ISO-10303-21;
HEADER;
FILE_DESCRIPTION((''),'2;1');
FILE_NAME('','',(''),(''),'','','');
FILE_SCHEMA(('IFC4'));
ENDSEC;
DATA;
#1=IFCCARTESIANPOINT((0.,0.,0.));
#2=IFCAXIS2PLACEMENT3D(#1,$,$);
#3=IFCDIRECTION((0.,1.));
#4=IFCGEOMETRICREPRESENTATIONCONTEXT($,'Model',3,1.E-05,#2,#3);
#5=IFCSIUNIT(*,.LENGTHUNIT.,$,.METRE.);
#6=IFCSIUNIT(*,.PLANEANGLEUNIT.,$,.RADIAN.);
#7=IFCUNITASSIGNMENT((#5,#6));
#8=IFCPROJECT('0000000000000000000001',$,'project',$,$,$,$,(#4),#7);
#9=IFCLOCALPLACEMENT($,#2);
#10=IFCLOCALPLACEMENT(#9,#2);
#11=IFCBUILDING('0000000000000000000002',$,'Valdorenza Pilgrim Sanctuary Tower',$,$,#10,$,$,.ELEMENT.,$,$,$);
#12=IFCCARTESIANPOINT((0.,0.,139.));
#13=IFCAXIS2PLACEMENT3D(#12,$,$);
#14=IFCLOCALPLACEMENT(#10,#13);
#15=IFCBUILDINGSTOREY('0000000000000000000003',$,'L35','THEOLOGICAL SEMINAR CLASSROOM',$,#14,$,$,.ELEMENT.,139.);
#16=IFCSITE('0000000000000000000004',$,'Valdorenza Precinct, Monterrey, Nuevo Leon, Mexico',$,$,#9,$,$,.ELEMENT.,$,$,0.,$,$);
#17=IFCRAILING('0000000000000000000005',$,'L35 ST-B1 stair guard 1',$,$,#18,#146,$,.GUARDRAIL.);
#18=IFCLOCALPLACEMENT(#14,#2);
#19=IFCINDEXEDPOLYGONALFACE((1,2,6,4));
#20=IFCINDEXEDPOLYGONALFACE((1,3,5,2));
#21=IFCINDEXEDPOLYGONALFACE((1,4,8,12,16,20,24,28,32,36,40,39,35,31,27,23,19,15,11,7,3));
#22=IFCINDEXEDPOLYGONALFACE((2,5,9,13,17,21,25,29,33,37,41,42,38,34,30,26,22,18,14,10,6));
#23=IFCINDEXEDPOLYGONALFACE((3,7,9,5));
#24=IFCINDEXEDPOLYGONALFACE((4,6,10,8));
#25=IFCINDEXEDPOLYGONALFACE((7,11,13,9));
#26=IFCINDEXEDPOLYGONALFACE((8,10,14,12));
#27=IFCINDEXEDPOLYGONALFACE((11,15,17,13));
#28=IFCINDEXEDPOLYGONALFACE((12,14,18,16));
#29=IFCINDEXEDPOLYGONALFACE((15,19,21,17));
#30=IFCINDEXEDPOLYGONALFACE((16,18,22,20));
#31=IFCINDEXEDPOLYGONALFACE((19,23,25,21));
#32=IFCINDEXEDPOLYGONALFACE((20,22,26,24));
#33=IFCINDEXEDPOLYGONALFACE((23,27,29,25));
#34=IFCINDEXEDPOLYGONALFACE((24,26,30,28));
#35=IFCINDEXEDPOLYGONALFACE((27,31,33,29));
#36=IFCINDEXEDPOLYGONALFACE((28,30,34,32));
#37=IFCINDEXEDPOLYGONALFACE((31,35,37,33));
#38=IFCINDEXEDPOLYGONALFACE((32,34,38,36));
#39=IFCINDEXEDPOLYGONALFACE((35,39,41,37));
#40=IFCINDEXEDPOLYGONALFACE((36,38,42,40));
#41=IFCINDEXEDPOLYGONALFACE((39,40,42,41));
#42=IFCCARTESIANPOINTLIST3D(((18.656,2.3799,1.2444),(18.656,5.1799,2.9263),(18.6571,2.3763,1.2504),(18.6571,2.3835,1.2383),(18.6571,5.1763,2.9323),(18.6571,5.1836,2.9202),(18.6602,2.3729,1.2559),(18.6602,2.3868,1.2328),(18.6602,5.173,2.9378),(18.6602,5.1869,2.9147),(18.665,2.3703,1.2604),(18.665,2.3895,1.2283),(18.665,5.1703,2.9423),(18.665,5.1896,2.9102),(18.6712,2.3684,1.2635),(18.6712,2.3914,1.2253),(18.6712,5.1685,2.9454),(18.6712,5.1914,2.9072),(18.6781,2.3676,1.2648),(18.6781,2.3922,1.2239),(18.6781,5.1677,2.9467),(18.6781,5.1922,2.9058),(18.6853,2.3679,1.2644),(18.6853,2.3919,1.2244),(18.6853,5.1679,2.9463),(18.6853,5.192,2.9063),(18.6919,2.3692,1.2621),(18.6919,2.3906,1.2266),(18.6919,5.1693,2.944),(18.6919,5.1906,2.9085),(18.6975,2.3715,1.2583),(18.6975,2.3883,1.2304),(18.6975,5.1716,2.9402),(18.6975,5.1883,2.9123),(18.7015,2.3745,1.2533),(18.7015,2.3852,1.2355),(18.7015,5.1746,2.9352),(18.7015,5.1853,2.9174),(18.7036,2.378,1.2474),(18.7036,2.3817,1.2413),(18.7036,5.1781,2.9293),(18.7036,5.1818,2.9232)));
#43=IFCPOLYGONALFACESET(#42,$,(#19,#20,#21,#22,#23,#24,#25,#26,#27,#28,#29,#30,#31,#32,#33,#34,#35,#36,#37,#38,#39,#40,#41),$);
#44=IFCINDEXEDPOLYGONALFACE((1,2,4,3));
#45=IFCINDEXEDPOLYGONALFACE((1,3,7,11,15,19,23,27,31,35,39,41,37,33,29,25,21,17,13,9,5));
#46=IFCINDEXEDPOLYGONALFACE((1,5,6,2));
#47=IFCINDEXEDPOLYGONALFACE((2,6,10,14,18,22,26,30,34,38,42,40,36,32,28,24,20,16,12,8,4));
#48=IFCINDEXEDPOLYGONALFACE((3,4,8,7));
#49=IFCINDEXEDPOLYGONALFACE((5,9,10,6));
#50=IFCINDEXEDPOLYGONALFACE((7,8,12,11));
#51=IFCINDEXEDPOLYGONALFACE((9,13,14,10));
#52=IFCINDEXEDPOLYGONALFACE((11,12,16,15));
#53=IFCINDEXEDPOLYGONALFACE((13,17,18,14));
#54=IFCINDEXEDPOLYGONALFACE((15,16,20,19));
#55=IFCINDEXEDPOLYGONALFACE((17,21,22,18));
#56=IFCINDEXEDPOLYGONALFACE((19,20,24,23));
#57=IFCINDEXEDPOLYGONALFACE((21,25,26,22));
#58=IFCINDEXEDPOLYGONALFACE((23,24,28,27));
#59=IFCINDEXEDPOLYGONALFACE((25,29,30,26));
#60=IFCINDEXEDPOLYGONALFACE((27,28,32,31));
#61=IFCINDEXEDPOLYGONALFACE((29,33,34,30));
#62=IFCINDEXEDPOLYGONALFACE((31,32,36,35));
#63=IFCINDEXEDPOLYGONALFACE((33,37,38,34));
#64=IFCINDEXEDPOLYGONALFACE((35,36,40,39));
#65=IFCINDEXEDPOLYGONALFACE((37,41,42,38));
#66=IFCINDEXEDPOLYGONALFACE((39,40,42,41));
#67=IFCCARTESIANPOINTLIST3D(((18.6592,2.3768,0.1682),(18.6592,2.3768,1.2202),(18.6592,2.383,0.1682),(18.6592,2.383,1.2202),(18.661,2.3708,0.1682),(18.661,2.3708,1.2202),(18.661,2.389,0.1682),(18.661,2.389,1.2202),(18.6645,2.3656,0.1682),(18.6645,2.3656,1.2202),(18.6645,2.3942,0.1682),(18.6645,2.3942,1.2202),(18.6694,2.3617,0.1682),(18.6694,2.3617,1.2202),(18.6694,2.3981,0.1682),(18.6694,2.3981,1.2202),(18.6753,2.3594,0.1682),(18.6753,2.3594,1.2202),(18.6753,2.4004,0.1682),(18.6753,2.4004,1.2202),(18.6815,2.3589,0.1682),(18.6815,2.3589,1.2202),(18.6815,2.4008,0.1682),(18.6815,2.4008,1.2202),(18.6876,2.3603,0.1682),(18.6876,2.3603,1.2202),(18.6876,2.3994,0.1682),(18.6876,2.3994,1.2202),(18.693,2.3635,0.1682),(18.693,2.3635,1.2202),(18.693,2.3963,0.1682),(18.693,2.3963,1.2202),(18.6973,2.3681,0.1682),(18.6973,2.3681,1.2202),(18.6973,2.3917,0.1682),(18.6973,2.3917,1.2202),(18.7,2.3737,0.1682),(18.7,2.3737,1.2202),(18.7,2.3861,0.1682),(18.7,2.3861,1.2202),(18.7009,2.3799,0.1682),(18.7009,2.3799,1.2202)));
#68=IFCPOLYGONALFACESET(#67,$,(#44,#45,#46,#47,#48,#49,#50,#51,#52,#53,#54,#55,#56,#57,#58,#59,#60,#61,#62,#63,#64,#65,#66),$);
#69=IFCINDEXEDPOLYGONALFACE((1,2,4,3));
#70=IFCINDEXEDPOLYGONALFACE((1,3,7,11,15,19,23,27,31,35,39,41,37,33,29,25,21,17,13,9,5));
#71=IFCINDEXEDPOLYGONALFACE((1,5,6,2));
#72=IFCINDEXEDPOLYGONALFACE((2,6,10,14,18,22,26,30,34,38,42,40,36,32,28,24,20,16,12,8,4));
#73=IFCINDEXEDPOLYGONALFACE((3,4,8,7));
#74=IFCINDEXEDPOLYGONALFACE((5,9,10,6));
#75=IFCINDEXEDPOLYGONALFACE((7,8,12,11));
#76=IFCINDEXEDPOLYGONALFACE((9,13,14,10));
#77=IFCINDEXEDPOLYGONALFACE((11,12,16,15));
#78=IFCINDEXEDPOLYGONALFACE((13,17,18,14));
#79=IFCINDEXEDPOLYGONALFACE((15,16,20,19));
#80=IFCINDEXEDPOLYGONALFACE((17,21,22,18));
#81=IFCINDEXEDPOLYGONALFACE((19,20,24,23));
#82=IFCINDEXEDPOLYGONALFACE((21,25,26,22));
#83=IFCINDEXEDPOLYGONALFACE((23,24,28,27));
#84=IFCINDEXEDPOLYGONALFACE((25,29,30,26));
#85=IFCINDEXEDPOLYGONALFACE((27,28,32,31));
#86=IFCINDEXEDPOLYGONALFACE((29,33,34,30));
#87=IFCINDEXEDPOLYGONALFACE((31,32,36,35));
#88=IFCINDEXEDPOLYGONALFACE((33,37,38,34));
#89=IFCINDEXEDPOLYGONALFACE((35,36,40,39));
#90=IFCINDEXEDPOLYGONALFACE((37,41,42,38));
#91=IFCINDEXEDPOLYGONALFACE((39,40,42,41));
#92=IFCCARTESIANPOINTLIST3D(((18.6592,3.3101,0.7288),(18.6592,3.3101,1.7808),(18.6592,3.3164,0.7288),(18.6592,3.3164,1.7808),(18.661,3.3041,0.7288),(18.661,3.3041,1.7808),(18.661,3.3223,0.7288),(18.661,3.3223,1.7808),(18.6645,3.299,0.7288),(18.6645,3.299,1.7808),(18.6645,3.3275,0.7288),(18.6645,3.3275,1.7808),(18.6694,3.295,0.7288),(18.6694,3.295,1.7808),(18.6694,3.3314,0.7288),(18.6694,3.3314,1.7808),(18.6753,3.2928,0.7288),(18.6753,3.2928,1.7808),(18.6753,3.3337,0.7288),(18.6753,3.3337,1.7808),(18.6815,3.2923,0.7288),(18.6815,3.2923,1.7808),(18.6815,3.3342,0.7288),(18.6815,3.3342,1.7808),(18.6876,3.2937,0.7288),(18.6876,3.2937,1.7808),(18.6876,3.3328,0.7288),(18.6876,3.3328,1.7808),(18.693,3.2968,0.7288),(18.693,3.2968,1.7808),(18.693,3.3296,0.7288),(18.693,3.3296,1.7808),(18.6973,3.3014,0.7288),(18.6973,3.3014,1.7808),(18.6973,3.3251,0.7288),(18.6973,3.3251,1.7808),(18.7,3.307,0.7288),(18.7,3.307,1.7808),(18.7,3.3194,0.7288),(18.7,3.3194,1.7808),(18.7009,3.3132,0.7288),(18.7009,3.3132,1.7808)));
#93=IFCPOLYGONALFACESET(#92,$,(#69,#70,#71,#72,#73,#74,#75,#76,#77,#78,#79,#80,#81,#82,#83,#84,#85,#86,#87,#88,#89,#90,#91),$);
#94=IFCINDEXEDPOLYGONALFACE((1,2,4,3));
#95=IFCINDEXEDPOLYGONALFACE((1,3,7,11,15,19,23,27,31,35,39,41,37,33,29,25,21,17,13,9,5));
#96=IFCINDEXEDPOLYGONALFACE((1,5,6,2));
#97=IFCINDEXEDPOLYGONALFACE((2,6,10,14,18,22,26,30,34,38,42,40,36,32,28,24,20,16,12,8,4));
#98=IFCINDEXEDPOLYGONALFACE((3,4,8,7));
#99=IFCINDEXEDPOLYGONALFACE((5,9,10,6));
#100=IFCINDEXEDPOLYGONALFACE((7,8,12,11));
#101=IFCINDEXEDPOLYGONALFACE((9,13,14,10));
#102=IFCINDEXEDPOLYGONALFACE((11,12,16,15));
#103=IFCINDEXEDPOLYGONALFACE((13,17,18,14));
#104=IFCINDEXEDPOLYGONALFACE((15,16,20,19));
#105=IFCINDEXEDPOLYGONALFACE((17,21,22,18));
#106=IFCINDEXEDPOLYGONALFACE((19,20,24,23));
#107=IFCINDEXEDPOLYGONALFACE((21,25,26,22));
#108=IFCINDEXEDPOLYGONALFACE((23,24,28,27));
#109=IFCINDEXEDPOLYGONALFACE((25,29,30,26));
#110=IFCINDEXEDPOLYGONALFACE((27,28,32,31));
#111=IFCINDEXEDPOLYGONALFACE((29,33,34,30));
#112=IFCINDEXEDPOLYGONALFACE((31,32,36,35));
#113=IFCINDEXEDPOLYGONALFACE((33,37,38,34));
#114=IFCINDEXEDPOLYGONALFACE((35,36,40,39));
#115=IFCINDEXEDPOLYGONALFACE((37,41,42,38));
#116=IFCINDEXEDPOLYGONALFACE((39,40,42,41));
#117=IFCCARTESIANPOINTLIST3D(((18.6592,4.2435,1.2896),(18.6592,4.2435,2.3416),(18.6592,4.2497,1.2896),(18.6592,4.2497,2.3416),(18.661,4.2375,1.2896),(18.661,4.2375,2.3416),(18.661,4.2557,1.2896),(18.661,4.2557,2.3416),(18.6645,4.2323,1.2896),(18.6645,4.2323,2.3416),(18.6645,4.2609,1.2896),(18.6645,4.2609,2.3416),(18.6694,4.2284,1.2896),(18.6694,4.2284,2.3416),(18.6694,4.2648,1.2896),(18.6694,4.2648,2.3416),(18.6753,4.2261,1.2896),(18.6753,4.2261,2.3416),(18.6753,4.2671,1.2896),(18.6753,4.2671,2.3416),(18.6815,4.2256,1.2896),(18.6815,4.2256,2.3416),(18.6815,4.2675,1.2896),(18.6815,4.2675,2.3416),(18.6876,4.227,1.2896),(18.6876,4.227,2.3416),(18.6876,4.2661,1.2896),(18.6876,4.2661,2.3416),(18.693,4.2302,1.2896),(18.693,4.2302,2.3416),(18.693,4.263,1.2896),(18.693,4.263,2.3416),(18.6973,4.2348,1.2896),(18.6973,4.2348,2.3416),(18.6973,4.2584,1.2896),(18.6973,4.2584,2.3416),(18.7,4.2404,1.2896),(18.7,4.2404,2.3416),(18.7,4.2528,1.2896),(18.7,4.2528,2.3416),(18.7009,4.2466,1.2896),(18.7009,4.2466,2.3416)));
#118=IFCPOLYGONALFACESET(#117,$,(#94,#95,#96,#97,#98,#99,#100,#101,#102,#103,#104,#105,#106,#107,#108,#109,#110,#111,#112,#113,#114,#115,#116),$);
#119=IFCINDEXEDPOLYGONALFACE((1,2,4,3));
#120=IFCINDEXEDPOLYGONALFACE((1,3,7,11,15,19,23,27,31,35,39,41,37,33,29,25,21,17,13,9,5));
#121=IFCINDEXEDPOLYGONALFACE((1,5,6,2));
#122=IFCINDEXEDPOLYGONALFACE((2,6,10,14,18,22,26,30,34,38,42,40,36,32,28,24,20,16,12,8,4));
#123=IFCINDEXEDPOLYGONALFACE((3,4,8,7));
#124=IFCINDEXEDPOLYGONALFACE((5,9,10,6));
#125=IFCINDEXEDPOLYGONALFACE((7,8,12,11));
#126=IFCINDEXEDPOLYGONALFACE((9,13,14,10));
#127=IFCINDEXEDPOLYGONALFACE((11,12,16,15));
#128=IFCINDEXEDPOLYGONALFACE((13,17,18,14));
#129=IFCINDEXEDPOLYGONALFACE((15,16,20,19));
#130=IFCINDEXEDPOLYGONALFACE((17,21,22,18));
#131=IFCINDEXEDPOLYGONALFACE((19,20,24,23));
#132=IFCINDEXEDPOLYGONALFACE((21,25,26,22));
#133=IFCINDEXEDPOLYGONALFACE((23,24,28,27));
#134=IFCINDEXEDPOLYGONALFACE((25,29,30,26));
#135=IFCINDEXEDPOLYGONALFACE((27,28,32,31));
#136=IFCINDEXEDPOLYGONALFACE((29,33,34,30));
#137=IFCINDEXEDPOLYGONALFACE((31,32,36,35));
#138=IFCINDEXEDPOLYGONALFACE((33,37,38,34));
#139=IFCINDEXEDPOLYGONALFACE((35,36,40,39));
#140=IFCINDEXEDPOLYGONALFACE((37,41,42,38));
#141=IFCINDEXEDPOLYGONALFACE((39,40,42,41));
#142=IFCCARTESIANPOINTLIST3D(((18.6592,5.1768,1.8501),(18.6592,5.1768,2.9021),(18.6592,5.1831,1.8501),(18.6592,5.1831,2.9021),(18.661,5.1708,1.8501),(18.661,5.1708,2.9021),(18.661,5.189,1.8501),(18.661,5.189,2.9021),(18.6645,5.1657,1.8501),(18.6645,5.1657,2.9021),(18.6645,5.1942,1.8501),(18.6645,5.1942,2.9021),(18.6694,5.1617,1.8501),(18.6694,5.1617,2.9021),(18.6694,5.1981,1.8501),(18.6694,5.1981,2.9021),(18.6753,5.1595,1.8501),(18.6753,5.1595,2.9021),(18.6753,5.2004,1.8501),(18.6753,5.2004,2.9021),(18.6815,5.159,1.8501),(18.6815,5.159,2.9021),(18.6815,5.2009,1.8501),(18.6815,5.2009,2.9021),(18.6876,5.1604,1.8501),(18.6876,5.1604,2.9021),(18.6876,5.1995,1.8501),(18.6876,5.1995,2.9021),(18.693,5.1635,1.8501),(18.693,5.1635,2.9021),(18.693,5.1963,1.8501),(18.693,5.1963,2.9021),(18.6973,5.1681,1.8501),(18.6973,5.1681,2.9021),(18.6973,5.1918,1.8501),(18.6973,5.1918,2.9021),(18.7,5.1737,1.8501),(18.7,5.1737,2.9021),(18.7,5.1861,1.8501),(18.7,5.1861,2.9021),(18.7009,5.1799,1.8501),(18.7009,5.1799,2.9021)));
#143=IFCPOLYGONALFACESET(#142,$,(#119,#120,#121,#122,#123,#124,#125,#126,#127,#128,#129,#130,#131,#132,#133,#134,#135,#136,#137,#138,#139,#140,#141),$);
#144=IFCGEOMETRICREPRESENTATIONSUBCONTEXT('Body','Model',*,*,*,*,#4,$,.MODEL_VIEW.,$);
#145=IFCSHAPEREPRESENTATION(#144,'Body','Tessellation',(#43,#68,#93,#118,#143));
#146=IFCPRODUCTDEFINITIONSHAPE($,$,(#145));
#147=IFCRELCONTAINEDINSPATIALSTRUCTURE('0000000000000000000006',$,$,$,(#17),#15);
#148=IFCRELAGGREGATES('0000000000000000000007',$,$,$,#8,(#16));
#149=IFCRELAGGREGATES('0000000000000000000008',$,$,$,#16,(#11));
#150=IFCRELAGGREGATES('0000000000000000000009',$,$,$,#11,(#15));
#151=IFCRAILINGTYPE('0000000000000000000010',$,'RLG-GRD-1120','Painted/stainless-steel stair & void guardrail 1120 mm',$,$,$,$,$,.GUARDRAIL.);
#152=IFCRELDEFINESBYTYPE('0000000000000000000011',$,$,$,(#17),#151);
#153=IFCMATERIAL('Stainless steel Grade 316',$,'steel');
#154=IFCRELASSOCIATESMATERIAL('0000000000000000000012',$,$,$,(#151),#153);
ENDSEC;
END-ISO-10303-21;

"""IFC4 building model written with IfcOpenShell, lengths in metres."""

from ifc_helpers import new_model, si_unit, direction, frame, origin, origin_2d, place, context, subcontext, project, spatial, circle, extrude, material, type_object, element, save


model = new_model("IFC4")

# Units and contexts
model_context = context("Model", 3, precision=1e-05, world=origin(), true_north=direction((0.0, 1.0)))
body_context = subcontext(model_context, "Body", "Model", "MODEL_VIEW")
ifc_project = project(units=[si_unit("LENGTHUNIT", "METRE"), si_unit("PLANEANGLEUNIT", "RADIAN")], contexts=[model_context])

# Site, building, storey
site_placement = place(None, origin())
site = spatial("IfcSite", under=ifc_project, at=site_placement, Name="Valdorenza Precinct, Monterrey, Nuevo Leon, Mexico", CompositionType="ELEMENT", RefElevation=0.0)
building_placement = place(site_placement, origin())
building = spatial("IfcBuilding", under=site, at=building_placement, Name="Valdorenza Pilgrim Sanctuary Tower", CompositionType="ELEMENT")
storey_placement = place(building_placement, frame((0.0, 0.0, 139.0)))
storey = spatial("IfcBuildingStorey", under=building, at=storey_placement, Name="L35", Description="THEOLOGICAL SEMINAR CLASSROOM", CompositionType="ELEMENT", Elevation=139.0)

# Railing
ifc_material_1 = material(Name="Stainless steel Grade 316", Category="steel")
railing_type_1 = type_object("IfcRailingType", Name="RLG-GRD-1120", Description="Painted/stainless-steel stair & void guardrail 1120 mm", PredefinedType="GUARDRAIL", material=ifc_material_1)
railing_1_placement = place(storey_placement, frame((18.6799, 2.3799, 0.1682)))
element("IfcRailing", 1, at=railing_1_placement, inside=storey, type_object=railing_type_1, Name="L35 ST-B1 stair guard 1", PredefinedType="GUARDRAIL", context=body_context, shape_type="SweptSolid", body=[
    extrude(circle(Radius=0.0239, at=origin_2d()), frame((0.0, 0.0, 1.0762), z_axis=(0.0, 0.857242, 0.514913), x_axis=(-1.0, 0.0, 0.0)), (0.0, 0.0, 1.0), 3.2664),
    extrude(circle(Radius=0.021, at=origin_2d()), origin(), (0.0, 0.0, 1.0), 1.052),
    extrude(circle(Radius=0.021, at=origin_2d()), frame((0.0, 0.9333, 0.5605)), (0.0, 0.0, 1.0), 1.052),
    extrude(circle(Radius=0.021, at=origin_2d()), frame((0.0, 1.8667, 1.1213)), (0.0, 0.0, 1.0), 1.052),
    extrude(circle(Radius=0.021, at=origin_2d()), frame((0.0, 2.8, 1.6819)), (0.0, 0.0, 1.0), 1.052),
])

save(model, "model.ifc")
